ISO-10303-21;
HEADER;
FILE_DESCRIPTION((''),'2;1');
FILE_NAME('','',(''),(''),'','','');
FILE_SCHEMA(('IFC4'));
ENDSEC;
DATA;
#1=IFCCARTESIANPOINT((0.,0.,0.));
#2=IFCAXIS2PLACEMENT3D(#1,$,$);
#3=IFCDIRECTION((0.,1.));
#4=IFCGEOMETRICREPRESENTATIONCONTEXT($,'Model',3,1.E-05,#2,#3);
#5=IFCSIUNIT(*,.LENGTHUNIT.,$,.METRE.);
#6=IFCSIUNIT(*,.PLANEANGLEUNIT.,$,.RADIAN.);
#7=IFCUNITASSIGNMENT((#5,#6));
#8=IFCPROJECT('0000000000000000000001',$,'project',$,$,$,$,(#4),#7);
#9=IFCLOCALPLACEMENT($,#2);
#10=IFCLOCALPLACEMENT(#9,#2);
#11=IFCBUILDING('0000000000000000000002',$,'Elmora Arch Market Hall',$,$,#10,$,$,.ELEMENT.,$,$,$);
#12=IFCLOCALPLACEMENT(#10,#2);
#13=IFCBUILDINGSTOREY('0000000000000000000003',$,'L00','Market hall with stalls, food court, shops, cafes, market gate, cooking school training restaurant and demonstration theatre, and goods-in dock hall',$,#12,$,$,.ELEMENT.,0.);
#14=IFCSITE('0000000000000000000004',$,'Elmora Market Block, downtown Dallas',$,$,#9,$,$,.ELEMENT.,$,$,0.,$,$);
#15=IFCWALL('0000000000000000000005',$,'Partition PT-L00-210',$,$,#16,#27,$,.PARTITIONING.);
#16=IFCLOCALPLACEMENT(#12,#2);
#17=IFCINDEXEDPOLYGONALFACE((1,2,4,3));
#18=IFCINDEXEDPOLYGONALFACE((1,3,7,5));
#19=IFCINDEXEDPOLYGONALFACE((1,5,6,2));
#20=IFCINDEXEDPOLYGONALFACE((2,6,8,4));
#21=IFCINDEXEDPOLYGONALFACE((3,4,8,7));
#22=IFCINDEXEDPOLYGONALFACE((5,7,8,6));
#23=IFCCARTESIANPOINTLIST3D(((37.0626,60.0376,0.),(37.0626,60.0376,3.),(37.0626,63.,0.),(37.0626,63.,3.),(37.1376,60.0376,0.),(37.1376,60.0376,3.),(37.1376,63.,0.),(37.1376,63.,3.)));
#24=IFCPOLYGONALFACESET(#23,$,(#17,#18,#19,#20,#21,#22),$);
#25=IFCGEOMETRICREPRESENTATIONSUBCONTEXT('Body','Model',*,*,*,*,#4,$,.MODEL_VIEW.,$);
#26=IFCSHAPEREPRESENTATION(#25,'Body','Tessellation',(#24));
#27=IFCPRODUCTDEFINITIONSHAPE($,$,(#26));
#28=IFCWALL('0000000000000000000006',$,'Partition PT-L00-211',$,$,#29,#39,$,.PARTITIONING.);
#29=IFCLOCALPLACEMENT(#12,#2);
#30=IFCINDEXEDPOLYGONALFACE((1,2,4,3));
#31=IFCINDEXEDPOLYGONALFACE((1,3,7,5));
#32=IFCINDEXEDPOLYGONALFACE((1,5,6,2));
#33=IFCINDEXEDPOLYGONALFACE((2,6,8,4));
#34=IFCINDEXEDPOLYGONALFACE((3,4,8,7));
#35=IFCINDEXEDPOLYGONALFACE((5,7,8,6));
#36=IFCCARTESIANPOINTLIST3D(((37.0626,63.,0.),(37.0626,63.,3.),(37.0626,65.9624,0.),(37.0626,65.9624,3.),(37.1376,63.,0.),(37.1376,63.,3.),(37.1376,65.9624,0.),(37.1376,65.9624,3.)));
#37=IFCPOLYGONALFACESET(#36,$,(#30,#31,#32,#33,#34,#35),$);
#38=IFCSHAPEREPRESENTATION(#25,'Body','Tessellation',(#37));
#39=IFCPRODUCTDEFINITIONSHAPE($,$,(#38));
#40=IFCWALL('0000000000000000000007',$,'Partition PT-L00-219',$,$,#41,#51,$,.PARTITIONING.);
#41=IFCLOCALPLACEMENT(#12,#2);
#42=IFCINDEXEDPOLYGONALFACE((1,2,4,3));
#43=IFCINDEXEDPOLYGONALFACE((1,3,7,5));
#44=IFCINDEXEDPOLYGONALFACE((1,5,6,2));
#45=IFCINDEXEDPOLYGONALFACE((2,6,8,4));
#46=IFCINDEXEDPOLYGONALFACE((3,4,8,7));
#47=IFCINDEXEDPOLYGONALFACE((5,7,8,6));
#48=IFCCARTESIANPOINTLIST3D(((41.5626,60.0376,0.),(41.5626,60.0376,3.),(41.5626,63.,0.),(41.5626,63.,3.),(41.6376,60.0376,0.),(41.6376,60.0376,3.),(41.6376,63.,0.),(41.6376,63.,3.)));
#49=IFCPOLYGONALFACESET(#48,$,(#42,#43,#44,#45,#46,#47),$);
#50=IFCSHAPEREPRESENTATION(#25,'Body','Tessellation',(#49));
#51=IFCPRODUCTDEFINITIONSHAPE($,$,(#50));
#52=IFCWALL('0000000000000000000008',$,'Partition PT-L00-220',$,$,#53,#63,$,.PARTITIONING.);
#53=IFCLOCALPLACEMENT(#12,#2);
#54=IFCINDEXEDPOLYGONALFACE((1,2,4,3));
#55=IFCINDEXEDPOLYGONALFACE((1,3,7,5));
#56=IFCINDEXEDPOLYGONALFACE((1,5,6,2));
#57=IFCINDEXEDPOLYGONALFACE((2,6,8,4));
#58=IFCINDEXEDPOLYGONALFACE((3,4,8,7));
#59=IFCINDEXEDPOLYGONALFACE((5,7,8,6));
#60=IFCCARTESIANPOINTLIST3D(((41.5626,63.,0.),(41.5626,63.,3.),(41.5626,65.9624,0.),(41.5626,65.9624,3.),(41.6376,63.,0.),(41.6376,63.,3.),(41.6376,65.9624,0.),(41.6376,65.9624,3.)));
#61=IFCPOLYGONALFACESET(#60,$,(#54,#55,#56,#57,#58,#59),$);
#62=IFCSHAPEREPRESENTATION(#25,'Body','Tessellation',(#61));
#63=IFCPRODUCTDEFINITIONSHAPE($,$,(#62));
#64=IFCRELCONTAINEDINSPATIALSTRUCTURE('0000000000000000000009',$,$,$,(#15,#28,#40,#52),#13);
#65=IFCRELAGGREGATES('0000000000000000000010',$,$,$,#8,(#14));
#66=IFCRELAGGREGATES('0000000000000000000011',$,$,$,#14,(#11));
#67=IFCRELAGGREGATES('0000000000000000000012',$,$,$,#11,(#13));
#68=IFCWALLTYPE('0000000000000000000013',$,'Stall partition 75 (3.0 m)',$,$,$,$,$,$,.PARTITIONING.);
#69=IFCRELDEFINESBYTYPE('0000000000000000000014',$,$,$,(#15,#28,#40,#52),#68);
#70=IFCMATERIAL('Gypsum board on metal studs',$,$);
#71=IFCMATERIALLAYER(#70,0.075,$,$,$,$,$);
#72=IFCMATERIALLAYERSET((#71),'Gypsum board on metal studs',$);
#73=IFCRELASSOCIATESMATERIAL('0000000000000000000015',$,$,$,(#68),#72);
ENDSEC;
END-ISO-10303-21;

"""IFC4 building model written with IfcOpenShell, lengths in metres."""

from ifc_helpers import new_model, si_unit, direction, frame, frame_2d, origin, place, context, subcontext, project, spatial, rectangle, extrude, material, layer, layer_set, type_object, element, save


model = new_model("IFC4")

# Units and contexts
model_context = context("Model", 3, precision=1e-05, world=origin(), true_north=direction((0.0, 1.0)))
body_context = subcontext(model_context, "Body", "Model", "MODEL_VIEW")
ifc_project = project(units=[si_unit("LENGTHUNIT", "METRE"), si_unit("PLANEANGLEUNIT", "RADIAN")], contexts=[model_context])

# Site, building, storey
site_placement = place(None, origin())
site = spatial("IfcSite", under=ifc_project, at=site_placement, Name="Elmora Market Block, downtown Dallas", CompositionType="ELEMENT", RefElevation=0.0)
building_placement = place(site_placement, origin())
building = spatial("IfcBuilding", under=site, at=building_placement, Name="Elmora Arch Market Hall", CompositionType="ELEMENT")
storey_placement = place(building_placement, origin())
storey = spatial("IfcBuildingStorey", under=building, at=storey_placement, Name="L00", Description="Market hall with stalls, food court, shops, cafes, market gate, cooking school training restaurant and demonstration theatre, and goods-in dock hall", CompositionType="ELEMENT", Elevation=0.0)

# Shared definitions
ifc_material_1 = material(Name="Gypsum board on metal studs")
ifc_layer_1 = layer(ifc_material_1, 0.075)
ifc_layer_set_1 = layer_set([ifc_layer_1], Name="Gypsum board on metal studs")
wall_type_1 = type_object("IfcWallType", Name="Stall partition 75 (3.0 m)", PredefinedType="PARTITIONING", material=ifc_layer_set_1)

# Walls
for number, where, z_axis, x_axis, name in (
    (1, (37.1001, 60.0376, 0.0), (0.0, 0.0, 1.0), (0.0, 1.0, 0.0), "Partition PT-L00-210"),
    (2, (37.1001, 63.0, 0.0), (0.0, 0.0, 1.0), (0.0, 1.0, 0.0), "Partition PT-L00-211"),
    (3, (41.6001, 60.0376, 0.0), (0.0, 0.0, 1.0), (0.0, 1.0, 0.0), "Partition PT-L00-219"),
    (4, (41.6001, 63.0, 0.0), (0.0, 0.0, 1.0), (0.0, 1.0, 0.0), "Partition PT-L00-220"),
):
    element("IfcWall", number, at=place(storey_placement, frame(where, z_axis=z_axis, x_axis=x_axis)), inside=storey, type_object=wall_type_1, Name=name, PredefinedType="PARTITIONING", context=body_context, shape_type="SweptSolid", body=[
        extrude(rectangle(XDim=2.9624, YDim=0.075, at=frame_2d((1.4812, 0.0))), origin(), (0.0, 0.0, 1.0), 3.0),
    ])

save(model, "model.ifc")
